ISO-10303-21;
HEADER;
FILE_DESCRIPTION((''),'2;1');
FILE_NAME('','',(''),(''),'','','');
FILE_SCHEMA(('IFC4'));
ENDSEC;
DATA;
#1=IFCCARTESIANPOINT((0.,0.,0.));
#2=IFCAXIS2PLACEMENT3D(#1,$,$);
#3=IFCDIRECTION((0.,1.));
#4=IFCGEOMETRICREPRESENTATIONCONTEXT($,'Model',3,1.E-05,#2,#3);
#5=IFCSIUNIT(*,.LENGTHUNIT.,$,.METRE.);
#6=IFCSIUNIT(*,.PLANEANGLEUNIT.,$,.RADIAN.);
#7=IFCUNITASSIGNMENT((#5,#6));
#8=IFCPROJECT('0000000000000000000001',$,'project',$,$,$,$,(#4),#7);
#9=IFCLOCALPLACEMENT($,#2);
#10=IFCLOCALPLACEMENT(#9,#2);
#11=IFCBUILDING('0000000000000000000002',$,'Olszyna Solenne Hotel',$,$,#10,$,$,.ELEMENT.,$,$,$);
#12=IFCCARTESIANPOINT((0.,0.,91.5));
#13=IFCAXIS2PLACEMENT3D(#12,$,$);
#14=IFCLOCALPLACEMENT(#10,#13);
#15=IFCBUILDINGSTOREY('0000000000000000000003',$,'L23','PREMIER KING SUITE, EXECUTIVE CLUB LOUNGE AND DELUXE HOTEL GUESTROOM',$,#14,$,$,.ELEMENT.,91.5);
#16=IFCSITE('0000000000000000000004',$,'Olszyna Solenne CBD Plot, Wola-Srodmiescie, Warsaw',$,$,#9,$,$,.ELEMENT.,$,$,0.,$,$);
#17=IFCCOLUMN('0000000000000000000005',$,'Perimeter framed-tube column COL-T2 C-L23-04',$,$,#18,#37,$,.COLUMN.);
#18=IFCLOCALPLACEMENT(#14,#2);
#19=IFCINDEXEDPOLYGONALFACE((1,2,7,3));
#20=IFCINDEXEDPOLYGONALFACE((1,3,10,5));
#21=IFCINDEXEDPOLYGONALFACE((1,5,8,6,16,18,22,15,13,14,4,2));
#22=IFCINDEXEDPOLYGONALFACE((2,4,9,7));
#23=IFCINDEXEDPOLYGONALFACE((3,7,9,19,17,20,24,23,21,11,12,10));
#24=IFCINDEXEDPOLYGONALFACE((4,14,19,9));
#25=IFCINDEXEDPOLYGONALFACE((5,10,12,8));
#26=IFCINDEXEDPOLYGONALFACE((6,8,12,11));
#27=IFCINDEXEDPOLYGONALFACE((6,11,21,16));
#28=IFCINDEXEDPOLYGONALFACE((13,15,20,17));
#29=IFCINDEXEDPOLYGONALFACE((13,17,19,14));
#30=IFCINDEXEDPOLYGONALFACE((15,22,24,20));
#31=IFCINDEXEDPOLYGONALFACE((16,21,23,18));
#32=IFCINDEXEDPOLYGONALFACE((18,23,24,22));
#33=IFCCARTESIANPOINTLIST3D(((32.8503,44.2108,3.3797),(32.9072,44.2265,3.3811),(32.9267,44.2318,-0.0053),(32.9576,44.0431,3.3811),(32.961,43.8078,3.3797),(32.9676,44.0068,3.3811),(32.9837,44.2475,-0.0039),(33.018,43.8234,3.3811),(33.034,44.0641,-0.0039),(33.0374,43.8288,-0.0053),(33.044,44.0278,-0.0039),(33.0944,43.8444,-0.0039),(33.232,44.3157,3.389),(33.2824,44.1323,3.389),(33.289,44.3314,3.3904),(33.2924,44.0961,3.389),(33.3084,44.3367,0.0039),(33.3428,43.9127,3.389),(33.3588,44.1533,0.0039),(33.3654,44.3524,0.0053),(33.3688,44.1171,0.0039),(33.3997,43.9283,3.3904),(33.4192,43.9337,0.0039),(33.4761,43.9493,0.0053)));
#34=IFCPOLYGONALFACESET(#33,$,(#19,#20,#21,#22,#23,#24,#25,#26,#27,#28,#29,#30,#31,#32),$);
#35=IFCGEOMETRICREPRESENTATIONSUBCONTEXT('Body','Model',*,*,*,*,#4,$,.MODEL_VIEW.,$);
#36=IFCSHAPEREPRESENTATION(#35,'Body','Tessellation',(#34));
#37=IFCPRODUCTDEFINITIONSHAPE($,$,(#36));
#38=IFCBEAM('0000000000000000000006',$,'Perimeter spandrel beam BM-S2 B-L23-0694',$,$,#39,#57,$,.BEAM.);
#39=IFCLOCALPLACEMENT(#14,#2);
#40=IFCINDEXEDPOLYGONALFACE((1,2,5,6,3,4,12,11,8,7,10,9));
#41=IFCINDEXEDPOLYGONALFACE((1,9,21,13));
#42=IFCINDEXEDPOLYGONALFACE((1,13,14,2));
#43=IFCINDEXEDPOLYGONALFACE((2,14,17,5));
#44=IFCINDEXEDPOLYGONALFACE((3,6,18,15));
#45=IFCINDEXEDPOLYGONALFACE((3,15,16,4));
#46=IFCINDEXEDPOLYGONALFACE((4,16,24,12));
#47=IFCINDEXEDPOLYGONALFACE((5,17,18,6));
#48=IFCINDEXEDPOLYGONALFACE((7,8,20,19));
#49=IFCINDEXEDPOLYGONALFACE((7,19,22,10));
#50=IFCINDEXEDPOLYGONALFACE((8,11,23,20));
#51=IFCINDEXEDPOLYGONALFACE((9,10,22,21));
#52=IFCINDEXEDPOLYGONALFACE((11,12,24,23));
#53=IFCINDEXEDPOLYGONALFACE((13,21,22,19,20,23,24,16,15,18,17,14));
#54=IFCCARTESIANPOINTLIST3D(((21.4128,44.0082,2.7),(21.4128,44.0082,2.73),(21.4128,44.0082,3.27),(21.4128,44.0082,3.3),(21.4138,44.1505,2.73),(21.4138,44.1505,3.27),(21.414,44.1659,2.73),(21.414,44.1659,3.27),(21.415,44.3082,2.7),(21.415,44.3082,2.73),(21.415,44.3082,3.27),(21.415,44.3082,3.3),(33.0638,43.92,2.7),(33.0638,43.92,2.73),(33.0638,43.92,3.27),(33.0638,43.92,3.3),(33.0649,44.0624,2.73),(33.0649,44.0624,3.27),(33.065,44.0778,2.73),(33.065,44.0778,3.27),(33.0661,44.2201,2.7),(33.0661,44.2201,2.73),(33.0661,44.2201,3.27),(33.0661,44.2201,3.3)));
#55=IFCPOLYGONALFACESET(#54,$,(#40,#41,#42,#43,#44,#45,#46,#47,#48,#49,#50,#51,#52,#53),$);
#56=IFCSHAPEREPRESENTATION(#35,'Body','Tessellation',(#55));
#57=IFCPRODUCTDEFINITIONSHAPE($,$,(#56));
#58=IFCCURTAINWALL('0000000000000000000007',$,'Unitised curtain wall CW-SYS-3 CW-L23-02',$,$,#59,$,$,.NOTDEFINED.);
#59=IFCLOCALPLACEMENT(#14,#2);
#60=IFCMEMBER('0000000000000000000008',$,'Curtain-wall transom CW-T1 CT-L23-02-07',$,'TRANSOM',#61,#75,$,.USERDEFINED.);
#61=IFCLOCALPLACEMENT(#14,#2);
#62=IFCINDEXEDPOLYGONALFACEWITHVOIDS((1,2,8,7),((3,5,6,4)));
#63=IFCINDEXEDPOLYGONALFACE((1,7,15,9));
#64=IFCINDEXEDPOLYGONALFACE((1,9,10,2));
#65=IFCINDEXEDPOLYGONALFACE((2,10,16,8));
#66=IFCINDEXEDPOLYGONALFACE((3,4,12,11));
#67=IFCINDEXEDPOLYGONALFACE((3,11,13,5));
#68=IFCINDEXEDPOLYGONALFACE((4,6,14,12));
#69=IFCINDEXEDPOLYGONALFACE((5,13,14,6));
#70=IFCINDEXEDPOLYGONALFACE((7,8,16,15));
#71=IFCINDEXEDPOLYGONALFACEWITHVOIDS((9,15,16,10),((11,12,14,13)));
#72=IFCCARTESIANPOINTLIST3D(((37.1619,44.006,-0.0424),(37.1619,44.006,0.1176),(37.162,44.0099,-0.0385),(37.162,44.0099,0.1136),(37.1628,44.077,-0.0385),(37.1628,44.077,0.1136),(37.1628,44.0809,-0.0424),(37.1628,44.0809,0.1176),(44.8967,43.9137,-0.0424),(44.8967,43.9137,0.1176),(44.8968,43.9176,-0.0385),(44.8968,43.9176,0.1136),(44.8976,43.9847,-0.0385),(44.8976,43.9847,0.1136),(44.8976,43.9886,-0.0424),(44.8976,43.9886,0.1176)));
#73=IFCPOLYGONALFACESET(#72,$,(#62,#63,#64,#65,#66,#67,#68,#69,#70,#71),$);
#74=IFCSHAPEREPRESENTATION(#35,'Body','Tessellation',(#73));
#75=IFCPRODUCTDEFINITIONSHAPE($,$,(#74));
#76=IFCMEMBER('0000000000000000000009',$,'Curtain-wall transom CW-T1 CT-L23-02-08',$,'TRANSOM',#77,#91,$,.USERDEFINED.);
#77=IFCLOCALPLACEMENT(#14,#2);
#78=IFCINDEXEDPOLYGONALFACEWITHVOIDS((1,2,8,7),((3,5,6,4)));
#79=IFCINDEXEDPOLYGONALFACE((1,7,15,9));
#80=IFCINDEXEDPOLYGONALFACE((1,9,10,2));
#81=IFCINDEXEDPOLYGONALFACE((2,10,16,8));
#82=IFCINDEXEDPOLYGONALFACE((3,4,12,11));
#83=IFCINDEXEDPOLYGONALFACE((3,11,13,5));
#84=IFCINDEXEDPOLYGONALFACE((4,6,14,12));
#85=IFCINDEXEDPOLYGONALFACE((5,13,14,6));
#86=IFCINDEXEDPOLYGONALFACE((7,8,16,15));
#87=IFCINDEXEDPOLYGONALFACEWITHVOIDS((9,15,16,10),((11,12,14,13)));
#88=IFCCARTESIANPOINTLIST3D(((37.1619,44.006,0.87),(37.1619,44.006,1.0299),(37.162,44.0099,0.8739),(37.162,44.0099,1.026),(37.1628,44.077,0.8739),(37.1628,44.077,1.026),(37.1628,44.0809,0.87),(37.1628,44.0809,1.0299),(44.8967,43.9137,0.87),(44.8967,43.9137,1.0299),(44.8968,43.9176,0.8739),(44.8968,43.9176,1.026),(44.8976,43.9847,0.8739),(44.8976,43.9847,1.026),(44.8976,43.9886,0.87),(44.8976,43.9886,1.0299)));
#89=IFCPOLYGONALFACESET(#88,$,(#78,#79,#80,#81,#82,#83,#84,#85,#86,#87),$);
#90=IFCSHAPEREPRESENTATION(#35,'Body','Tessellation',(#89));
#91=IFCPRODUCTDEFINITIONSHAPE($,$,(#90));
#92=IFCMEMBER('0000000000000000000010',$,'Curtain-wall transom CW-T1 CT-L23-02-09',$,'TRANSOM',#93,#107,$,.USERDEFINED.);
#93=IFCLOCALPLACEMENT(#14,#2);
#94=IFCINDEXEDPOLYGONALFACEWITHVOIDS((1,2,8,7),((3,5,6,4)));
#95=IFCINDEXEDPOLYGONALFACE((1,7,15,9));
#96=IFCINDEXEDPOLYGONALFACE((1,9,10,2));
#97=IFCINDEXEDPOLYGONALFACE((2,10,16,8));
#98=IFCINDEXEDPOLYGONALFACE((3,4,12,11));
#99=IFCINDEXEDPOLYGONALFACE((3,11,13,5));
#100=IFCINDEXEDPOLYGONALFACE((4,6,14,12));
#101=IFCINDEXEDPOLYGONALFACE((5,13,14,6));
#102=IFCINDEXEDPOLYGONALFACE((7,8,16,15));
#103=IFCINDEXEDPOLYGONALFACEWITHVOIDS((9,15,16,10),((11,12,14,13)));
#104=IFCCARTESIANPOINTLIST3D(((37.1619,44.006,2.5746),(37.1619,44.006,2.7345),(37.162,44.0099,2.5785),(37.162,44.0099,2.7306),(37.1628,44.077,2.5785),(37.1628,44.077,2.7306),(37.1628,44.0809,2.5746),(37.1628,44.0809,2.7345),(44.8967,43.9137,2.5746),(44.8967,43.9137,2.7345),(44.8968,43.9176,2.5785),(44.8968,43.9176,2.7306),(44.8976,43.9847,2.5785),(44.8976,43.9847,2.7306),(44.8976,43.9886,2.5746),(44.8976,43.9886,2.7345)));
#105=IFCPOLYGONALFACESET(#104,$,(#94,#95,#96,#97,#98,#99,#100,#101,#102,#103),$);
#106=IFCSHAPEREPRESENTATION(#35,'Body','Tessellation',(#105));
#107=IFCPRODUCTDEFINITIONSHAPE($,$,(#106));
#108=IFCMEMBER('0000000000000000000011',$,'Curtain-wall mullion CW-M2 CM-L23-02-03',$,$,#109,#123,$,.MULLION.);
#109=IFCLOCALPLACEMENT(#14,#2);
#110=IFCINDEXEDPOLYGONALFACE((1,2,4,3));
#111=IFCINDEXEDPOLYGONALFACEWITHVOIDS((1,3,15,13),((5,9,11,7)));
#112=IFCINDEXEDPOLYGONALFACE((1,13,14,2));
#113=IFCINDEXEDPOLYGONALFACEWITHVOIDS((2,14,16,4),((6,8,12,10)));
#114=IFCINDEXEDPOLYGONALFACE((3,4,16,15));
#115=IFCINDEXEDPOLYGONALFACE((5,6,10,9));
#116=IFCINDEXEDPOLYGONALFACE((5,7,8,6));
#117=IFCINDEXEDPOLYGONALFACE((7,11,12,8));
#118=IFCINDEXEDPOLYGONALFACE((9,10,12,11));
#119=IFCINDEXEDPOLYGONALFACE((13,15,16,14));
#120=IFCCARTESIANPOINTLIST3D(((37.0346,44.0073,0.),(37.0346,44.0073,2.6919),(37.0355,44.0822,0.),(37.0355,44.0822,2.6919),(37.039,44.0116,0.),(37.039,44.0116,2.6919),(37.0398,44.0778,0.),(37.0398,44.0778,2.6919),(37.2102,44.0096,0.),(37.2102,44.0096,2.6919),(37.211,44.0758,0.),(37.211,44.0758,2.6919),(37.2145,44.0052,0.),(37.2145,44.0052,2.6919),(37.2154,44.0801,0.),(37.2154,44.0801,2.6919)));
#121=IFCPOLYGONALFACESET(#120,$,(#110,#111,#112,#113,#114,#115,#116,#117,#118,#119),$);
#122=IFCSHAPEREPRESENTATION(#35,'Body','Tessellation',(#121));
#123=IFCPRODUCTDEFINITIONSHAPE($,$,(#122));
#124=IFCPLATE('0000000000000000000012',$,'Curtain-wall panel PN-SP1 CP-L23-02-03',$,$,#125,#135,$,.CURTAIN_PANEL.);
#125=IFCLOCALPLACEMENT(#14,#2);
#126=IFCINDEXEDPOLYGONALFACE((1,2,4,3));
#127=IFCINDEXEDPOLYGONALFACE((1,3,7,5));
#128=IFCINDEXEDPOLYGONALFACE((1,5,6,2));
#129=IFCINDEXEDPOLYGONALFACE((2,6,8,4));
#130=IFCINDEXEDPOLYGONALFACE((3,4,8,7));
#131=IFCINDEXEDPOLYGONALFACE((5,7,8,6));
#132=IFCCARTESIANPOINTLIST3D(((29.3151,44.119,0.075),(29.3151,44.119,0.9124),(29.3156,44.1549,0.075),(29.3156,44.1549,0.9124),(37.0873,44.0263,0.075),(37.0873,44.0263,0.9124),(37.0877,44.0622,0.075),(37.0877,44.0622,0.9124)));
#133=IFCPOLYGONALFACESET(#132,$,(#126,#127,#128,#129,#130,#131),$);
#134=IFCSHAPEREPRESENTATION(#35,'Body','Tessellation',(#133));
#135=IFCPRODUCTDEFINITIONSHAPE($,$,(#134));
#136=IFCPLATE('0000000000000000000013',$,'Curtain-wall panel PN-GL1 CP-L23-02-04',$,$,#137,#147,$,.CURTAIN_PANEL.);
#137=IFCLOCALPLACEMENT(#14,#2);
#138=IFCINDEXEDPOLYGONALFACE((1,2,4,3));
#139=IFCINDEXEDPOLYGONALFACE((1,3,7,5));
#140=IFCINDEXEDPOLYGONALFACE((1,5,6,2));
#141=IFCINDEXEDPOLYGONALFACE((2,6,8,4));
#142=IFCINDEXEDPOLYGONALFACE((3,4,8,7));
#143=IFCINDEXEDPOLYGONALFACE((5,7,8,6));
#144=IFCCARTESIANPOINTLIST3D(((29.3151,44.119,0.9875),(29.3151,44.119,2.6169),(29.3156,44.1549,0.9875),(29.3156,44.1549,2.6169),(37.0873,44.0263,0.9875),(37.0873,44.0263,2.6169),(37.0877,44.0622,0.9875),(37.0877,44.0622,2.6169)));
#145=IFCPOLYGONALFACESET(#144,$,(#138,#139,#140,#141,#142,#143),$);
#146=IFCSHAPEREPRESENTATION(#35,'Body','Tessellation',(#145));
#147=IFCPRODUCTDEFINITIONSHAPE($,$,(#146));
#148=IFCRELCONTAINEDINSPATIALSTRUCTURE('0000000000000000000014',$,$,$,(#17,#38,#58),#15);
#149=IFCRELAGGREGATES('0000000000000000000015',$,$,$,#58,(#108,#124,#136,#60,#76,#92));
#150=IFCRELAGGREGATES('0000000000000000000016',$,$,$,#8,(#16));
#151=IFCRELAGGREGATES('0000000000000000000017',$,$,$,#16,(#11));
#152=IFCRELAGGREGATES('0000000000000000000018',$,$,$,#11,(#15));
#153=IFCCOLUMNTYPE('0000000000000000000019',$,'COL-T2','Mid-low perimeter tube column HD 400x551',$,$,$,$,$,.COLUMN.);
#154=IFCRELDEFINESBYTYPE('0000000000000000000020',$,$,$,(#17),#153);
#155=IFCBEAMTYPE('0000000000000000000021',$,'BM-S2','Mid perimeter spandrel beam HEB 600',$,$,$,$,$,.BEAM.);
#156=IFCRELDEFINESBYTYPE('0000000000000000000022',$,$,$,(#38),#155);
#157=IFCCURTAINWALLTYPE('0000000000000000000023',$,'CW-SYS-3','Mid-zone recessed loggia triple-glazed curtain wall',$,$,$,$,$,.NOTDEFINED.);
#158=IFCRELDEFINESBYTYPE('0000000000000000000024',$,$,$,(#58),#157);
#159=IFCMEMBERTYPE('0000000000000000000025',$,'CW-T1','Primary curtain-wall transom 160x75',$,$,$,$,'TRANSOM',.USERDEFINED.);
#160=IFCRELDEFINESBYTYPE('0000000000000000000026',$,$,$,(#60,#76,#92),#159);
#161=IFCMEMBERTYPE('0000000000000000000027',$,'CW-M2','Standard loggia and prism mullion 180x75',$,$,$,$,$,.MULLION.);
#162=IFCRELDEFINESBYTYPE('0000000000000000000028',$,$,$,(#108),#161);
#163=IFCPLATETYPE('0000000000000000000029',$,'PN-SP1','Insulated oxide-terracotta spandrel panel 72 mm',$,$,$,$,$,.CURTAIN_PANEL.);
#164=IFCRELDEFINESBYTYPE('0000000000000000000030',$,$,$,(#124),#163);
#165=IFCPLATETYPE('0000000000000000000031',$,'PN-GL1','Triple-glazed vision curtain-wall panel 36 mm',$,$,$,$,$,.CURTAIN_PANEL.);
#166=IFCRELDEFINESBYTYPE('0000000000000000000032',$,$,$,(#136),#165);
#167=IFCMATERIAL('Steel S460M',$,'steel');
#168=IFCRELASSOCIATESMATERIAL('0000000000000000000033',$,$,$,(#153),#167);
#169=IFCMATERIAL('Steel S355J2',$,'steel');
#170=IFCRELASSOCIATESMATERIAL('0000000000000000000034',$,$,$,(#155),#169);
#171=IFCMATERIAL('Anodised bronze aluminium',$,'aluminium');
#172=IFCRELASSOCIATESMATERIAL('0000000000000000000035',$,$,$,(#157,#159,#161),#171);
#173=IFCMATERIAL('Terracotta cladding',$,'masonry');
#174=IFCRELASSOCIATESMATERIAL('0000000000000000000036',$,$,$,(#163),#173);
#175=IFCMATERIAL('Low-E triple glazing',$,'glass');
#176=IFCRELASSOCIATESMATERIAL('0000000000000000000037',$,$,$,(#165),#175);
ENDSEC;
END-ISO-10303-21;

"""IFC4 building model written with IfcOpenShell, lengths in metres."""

from ifc_helpers import new_model, si_unit, direction, frame, origin, origin_2d, place, context, subcontext, project, spatial, rectangle, hollow_rectangle, i_section, extrude, source, transform, mapped, material, material_profile, profile_set, type_object, element, aggregate, save


model = new_model("IFC4")

# Units and contexts
model_context = context("Model", 3, precision=1e-05, world=origin(), true_north=direction((0.0, 1.0)))
body_context = subcontext(model_context, "Body", "Model", "MODEL_VIEW")
ifc_project = project(units=[si_unit("LENGTHUNIT", "METRE"), si_unit("PLANEANGLEUNIT", "RADIAN")], contexts=[model_context])

# Site, building, storey
site_placement = place(None, origin())
site = spatial("IfcSite", under=ifc_project, at=site_placement, Name="Olszyna Solenne CBD Plot, Wola-Srodmiescie, Warsaw", CompositionType="ELEMENT", RefElevation=0.0)
building_placement = place(site_placement, origin())
building = spatial("IfcBuilding", under=site, at=building_placement, Name="Olszyna Solenne Hotel", CompositionType="ELEMENT")
storey_placement = place(building_placement, frame((0.0, 0.0, 91.5)))
storey = spatial("IfcBuildingStorey", under=building, at=storey_placement, Name="L23", Description="PREMIER KING SUITE, EXECUTIVE CLUB LOUNGE AND DELUXE HOTEL GUESTROOM", CompositionType="ELEMENT", Elevation=91.5)

# Column
ifc_material_1 = material(Name="Steel S460M", Category="steel")
ifc_material_profile_1 = material_profile(ifc_material_1, i_section(OverallWidth=0.418, OverallDepth=0.4551, WebThickness=0.0376, FlangeThickness=0.0591, at=origin_2d()), Name="HD 400x551", Category="load-bearing")
ifc_profile_set_1 = profile_set([ifc_material_profile_1], Name="Steel S460M")
column_type = type_object("IfcColumnType", Name="COL-T2", Description="Mid-low perimeter tube column HD 400x551", PredefinedType="COLUMN", material=ifc_profile_set_1)
shared_shape_1 = source(origin(), body_context, "Body", "SweptSolid", [
    extrude(i_section(OverallWidth=0.418, OverallDepth=0.4551, WebThickness=0.0376, FlangeThickness=0.0591, at=origin_2d()), origin(), (0.0, 0.0, 1.0), 3.386),
])
column_placement = place(storey_placement, frame((33.2014, 44.0906, 0.0), z_axis=(-0.022569, -0.006201, 0.999726), x_axis=(0.264942, -0.964264, 0.0)))
element("IfcColumn", 1, at=column_placement, inside=storey, type_object=column_type, Name="Perimeter framed-tube column COL-T2 C-L23-04", PredefinedType="COLUMN", context=body_context, shape_type="MappedRepresentation", body=[
    mapped(shared_shape_1, transform((0.0, 0.0, 0.0), x_axis=(1.0, 0.0, 0.0), y_axis=(0.0, 1.0, 0.0), z_axis=(0.0, 0.0, 1.0), scale=1.0)),
])

# Beam
ifc_material_2 = material(Name="Steel S355J2", Category="steel")
ifc_material_profile_2 = material_profile(ifc_material_2, i_section(OverallWidth=0.3, OverallDepth=0.6001, WebThickness=0.0154, FlangeThickness=0.03, at=origin_2d()), Name="HEB 600", Category="load-bearing")
ifc_profile_set_2 = profile_set([ifc_material_profile_2], Name="Steel S355J2")
beam_type = type_object("IfcBeamType", Name="BM-S2", Description="Mid perimeter spandrel beam HEB 600", PredefinedType="BEAM", material=ifc_profile_set_2)
shared_shape_2 = source(origin(), body_context, "Body", "SweptSolid", [
    extrude(i_section(OverallWidth=0.3, OverallDepth=0.6001, WebThickness=0.0154, FlangeThickness=0.03, at=origin_2d()), origin(), (0.0, 0.0, 1.0), 11.6514),
])
beam_placement = place(storey_placement, frame((33.0649, 44.0701, 3.0), z_axis=(-0.999971, 0.007564, 0.0), x_axis=(-0.007564, -0.999971, 0.0)))
element("IfcBeam", 2, at=beam_placement, inside=storey, type_object=beam_type, Name="Perimeter spandrel beam BM-S2 B-L23-0694", PredefinedType="BEAM", context=body_context, shape_type="MappedRepresentation", body=[
    mapped(shared_shape_2, transform((0.0, 0.0, 0.0), x_axis=(1.0, 0.0, 0.0), y_axis=(0.0, 1.0, 0.0), z_axis=(0.0, 0.0, 1.0), scale=1.0)),
])

# Curtain wall, members, plates
ifc_material_3 = material(Name="Anodised bronze aluminium", Category="aluminium")
curtain_wall_type = type_object("IfcCurtainWallType", Name="CW-SYS-3", Description="Mid-zone recessed loggia triple-glazed curtain wall", PredefinedType="NOTDEFINED", material=ifc_material_3)
curtain_wall_placement = place(storey_placement, origin())
curtain_wall = element("IfcCurtainWall", 3, at=curtain_wall_placement, inside=storey, type_object=curtain_wall_type, Name="Unitised curtain wall CW-SYS-3 CW-L23-02", PredefinedType="NOTDEFINED")
ifc_material_profile_3 = material_profile(ifc_material_3, hollow_rectangle(XDim=0.075, YDim=0.1599, WallThickness=0.0039, at=origin_2d()), Name="TRAN 160x75x4", Category="load-bearing")
ifc_profile_set_3 = profile_set([ifc_material_profile_3], Name="Anodised bronze aluminium")
member_type_1 = type_object("IfcMemberType", Name="CW-T1", Description="Primary curtain-wall transom 160x75", ElementType="TRANSOM", PredefinedType="USERDEFINED", material=ifc_profile_set_3)
shared_shape_3 = source(origin(), body_context, "Body", "SweptSolid", [
    extrude(hollow_rectangle(XDim=0.075, YDim=0.1599, WallThickness=0.0039, at=origin_2d()), origin(), (0.0, 0.0, 1.0), 7.7354),
])
member_1_placement = place(storey_placement, frame((37.1624, 44.0435, 0.0376), z_axis=(0.999929, -0.01193, 0.0), x_axis=(0.01193, 0.999929, 0.0)))
member_1 = element("IfcMember", 4, at=member_1_placement, type_object=member_type_1, Name="Curtain-wall transom CW-T1 CT-L23-02-07", ObjectType="TRANSOM", PredefinedType="USERDEFINED", context=body_context, shape_type="MappedRepresentation", body=[
    mapped(shared_shape_3, transform((0.0, 0.0, 0.0), x_axis=(1.0, 0.0, 0.0), y_axis=(0.0, 1.0, 0.0), z_axis=(0.0, 0.0, 1.0), scale=1.0)),
])
member_2_placement = place(storey_placement, frame((37.1624, 44.0435, 0.95), z_axis=(0.999929, -0.01193, 0.0), x_axis=(0.01193, 0.999929, 0.0)))
member_2 = element("IfcMember", 5, at=member_2_placement, type_object=member_type_1, Name="Curtain-wall transom CW-T1 CT-L23-02-08", ObjectType="TRANSOM", PredefinedType="USERDEFINED", context=body_context, shape_type="MappedRepresentation", body=[
    mapped(shared_shape_3, transform((0.0, 0.0, 0.0), x_axis=(1.0, 0.0, 0.0), y_axis=(0.0, 1.0, 0.0), z_axis=(0.0, 0.0, 1.0), scale=1.0)),
])
member_3_placement = place(storey_placement, frame((37.1624, 44.0435, 2.6545), z_axis=(0.999929, -0.01193, 0.0), x_axis=(0.01193, 0.999929, 0.0)))
member_3 = element("IfcMember", 6, at=member_3_placement, type_object=member_type_1, Name="Curtain-wall transom CW-T1 CT-L23-02-09", ObjectType="TRANSOM", PredefinedType="USERDEFINED", context=body_context, shape_type="MappedRepresentation", body=[
    mapped(shared_shape_3, transform((0.0, 0.0, 0.0), x_axis=(1.0, 0.0, 0.0), y_axis=(0.0, 1.0, 0.0), z_axis=(0.0, 0.0, 1.0), scale=1.0)),
])
ifc_material_profile_4 = material_profile(ifc_material_3, hollow_rectangle(XDim=0.075, YDim=0.1799, WallThickness=0.0044, at=origin_2d()), Name="MULL 180x75x4.5", Category="load-bearing")
ifc_profile_set_4 = profile_set([ifc_material_profile_4], Name="Anodised bronze aluminium")
member_type_2 = type_object("IfcMemberType", Name="CW-M2", Description="Standard loggia and prism mullion 180x75", PredefinedType="MULLION", material=ifc_profile_set_4)
shared_shape_4 = source(origin(), body_context, "Body", "SweptSolid", [
    extrude(hollow_rectangle(XDim=0.075, YDim=0.1799, WallThickness=0.0044, at=origin_2d()), origin(), (0.0, 0.0, 1.0), 2.6919),
])
member_4_placement = place(storey_placement, frame((37.125, 44.0437, 0.0), z_axis=(0.0, 0.0, 1.0), x_axis=(0.011927, 0.999929, 0.0)))
member_4 = element("IfcMember", 7, at=member_4_placement, type_object=member_type_2, Name="Curtain-wall mullion CW-M2 CM-L23-02-03", PredefinedType="MULLION", context=body_context, shape_type="MappedRepresentation", body=[
    mapped(shared_shape_4, transform((0.0, 0.0, 0.0), x_axis=(1.0, 0.0, 0.0), y_axis=(0.0, 1.0, 0.0), z_axis=(0.0, 0.0, 1.0), scale=1.0)),
])
ifc_material_4 = material(Name="Terracotta cladding", Category="masonry")
plate_type_1 = type_object("IfcPlateType", Name="PN-SP1", Description="Insulated oxide-terracotta spandrel panel 72 mm", PredefinedType="CURTAIN_PANEL", material=ifc_material_4)
shared_shape_5 = source(origin(), body_context, "Body", "SweptSolid", [
    extrude(rectangle(XDim=7.7727, YDim=0.0359, at=origin_2d()), origin(), (0.0, 0.0, 1.0), 0.8374),
])
plate_1_placement = place(storey_placement, frame((33.2014, 44.0906, 0.075), z_axis=(0.0, 0.0, 1.0), x_axis=(0.999929, -0.011927, 0.0)))
plate_1 = element("IfcPlate", 8, at=plate_1_placement, type_object=plate_type_1, Name="Curtain-wall panel PN-SP1 CP-L23-02-03", PredefinedType="CURTAIN_PANEL", context=body_context, shape_type="MappedRepresentation", body=[
    mapped(shared_shape_5, transform((0.0, 0.0, 0.0), x_axis=(1.0, 0.0, 0.0), y_axis=(0.0, 1.0, 0.0), z_axis=(0.0, 0.0, 1.0), scale=1.0)),
])
ifc_material_5 = material(Name="Low-E triple glazing", Category="glass")
plate_type_2 = type_object("IfcPlateType", Name="PN-GL1", Description="Triple-glazed vision curtain-wall panel 36 mm", PredefinedType="CURTAIN_PANEL", material=ifc_material_5)
shared_shape_6 = source(origin(), body_context, "Body", "SweptSolid", [
    extrude(rectangle(XDim=7.7727, YDim=0.0359, at=origin_2d()), origin(), (0.0, 0.0, 1.0), 1.6294),
])
plate_2_placement = place(storey_placement, frame((33.2014, 44.0906, 0.9875), z_axis=(0.0, 0.0, 1.0), x_axis=(0.999929, -0.011927, 0.0)))
plate_2 = element("IfcPlate", 9, at=plate_2_placement, type_object=plate_type_2, Name="Curtain-wall panel PN-GL1 CP-L23-02-04", PredefinedType="CURTAIN_PANEL", context=body_context, shape_type="MappedRepresentation", body=[
    mapped(shared_shape_6, transform((0.0, 0.0, 0.0), x_axis=(1.0, 0.0, 0.0), y_axis=(0.0, 1.0, 0.0), z_axis=(0.0, 0.0, 1.0), scale=1.0)),
])
aggregate(curtain_wall, [member_4, plate_1, plate_2, member_1, member_2, member_3])

save(model, "model.ifc")
